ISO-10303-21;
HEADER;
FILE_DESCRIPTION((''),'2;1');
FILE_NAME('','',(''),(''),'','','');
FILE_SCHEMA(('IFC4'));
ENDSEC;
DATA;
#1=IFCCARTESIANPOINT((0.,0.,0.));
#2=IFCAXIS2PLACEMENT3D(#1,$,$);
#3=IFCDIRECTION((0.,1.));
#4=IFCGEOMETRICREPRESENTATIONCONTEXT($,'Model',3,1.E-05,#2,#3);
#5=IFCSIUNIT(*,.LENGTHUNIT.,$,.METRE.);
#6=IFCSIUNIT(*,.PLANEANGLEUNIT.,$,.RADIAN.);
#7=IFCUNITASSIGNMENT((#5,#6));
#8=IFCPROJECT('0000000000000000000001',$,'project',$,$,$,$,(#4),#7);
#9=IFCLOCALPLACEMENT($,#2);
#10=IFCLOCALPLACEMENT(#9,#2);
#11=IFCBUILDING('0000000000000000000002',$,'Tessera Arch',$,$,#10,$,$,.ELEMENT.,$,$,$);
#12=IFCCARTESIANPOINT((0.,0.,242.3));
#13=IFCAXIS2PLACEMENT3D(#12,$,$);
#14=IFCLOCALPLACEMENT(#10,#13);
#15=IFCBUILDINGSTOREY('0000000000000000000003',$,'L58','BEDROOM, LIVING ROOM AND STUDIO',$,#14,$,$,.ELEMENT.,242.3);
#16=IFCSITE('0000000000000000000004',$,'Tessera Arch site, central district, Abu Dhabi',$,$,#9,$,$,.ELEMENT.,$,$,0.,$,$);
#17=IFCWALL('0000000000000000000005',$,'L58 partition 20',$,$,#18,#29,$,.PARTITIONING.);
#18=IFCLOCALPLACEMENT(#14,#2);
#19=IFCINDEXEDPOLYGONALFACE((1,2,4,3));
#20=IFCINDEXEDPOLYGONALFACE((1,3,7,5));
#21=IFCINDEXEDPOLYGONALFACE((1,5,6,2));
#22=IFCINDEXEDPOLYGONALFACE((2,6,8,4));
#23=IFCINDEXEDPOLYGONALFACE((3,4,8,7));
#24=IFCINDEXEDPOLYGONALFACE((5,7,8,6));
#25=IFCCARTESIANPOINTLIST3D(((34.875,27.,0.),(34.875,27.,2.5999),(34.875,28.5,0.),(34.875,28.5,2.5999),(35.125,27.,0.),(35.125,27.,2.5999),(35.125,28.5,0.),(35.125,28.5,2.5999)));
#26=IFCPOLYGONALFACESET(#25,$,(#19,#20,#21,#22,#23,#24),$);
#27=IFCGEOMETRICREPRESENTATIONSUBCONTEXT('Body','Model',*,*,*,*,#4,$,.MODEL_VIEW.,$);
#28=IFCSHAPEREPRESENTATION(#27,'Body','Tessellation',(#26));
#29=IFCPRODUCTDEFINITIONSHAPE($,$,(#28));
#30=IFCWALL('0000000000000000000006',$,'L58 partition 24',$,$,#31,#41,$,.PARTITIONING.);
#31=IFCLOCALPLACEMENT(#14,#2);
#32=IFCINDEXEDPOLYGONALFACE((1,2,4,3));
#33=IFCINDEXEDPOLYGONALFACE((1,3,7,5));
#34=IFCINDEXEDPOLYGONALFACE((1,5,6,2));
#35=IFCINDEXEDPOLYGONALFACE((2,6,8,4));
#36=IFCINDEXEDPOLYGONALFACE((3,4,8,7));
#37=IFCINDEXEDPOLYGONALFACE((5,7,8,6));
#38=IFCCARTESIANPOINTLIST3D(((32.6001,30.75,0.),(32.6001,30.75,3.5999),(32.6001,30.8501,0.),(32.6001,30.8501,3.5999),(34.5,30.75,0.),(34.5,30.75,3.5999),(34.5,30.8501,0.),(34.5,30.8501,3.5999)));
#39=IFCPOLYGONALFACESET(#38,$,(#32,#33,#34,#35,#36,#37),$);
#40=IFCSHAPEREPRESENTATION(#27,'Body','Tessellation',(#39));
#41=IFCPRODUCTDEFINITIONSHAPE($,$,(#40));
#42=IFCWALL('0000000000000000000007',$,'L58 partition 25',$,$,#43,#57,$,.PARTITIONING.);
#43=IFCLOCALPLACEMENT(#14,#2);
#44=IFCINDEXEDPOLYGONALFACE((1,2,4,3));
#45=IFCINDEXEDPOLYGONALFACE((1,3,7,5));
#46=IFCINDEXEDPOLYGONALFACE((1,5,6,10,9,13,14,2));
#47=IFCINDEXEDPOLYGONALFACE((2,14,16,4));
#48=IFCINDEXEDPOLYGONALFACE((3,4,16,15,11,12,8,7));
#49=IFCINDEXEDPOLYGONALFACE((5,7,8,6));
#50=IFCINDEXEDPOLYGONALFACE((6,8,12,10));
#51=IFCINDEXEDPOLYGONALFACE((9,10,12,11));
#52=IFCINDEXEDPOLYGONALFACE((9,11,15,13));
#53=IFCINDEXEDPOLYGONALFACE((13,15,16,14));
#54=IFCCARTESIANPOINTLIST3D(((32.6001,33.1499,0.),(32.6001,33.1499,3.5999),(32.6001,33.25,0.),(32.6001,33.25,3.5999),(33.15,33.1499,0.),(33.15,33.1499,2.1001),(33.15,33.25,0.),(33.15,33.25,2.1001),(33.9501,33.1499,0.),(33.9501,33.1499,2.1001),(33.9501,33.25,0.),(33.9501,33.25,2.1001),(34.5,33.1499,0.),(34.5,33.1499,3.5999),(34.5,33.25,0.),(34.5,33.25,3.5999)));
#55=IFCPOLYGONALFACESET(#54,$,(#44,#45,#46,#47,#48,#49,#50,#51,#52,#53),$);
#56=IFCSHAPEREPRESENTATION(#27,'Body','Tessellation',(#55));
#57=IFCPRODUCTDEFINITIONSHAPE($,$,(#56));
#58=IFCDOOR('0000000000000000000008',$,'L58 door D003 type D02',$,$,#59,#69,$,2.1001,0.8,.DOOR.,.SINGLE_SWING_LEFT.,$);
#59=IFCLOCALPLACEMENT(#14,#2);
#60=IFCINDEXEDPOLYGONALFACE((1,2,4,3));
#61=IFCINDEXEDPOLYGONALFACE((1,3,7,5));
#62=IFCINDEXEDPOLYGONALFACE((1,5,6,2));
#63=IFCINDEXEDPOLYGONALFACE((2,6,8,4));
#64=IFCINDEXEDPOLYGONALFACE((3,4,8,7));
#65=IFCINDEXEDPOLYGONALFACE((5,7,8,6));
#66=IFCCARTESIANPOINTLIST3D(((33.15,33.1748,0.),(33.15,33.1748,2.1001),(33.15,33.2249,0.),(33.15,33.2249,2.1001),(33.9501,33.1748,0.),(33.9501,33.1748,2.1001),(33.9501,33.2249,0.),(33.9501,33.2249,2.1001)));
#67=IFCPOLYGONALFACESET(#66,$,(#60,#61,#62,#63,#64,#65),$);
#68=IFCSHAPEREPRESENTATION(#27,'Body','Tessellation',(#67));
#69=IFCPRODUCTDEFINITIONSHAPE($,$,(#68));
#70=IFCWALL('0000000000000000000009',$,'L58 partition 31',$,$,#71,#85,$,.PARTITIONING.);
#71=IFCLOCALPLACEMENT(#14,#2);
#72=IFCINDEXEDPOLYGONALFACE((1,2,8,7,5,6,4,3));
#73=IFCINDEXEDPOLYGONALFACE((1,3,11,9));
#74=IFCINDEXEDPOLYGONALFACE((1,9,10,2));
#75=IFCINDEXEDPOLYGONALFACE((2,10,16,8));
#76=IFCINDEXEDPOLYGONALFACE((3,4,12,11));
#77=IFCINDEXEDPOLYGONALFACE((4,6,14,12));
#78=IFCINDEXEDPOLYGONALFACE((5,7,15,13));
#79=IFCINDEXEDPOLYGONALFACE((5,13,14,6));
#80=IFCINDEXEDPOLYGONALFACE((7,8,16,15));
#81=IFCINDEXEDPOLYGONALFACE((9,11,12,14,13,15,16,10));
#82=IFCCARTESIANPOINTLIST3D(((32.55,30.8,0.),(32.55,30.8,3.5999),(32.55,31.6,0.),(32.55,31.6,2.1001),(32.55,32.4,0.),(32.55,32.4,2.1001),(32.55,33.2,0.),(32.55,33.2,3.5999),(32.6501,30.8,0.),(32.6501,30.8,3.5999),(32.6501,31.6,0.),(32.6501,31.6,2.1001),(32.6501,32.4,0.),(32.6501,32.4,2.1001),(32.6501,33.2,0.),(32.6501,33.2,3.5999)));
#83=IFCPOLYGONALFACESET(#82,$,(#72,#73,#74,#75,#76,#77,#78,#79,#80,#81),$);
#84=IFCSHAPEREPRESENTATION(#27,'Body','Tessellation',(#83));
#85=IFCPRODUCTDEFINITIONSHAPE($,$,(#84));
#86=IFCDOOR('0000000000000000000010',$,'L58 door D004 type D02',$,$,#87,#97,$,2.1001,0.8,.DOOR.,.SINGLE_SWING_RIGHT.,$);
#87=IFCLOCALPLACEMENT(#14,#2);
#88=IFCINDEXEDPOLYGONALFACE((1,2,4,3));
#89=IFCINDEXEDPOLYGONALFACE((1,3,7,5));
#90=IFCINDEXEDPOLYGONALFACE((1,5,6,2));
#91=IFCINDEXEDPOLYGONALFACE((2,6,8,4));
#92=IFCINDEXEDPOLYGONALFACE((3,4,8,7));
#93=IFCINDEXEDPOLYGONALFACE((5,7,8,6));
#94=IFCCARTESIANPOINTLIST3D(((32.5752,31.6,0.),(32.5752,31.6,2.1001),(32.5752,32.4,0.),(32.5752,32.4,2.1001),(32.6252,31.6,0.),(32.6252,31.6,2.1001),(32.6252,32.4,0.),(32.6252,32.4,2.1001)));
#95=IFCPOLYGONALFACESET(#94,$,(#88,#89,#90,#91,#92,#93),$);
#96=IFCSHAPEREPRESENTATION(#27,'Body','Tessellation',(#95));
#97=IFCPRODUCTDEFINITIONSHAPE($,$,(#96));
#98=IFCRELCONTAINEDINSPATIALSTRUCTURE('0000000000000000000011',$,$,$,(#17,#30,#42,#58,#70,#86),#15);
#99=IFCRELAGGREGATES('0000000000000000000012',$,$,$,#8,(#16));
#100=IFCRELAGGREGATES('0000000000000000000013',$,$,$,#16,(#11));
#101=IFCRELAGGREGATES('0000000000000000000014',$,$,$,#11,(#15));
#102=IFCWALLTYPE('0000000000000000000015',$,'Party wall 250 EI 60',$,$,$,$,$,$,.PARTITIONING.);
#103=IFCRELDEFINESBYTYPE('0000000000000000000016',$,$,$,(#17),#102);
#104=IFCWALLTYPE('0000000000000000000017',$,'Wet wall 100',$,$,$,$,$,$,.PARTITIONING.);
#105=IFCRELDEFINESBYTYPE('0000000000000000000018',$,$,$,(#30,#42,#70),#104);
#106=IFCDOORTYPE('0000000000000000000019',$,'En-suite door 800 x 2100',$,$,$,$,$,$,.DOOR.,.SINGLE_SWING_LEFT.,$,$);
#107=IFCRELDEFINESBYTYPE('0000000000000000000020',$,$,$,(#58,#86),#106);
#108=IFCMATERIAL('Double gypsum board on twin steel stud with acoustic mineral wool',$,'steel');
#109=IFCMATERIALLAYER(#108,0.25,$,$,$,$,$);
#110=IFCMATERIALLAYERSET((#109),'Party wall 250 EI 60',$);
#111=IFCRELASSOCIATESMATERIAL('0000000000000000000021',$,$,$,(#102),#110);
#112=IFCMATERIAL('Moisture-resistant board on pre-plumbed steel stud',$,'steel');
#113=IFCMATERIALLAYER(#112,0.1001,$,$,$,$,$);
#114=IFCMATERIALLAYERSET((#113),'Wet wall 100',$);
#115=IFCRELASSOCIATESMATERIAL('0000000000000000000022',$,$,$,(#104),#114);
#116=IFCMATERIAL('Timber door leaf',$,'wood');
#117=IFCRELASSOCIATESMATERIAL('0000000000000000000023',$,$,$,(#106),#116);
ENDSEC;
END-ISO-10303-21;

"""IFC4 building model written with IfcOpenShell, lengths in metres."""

from ifc_helpers import new_model, si_unit, direction, frame, frame_2d, origin, place, context, subcontext, project, spatial, rectangle, extrude, material, layer, layer_set, type_object, element, fill, save


model = new_model("IFC4")

# Units and contexts
model_context = context("Model", 3, precision=1e-05, world=origin(), true_north=direction((0.0, 1.0)))
body_context = subcontext(model_context, "Body", "Model", "MODEL_VIEW")
ifc_project = project(units=[si_unit("LENGTHUNIT", "METRE"), si_unit("PLANEANGLEUNIT", "RADIAN")], contexts=[model_context])

# Site, building, storey
site_placement = place(None, origin())
site = spatial("IfcSite", under=ifc_project, at=site_placement, Name="Tessera Arch site, central district, Abu Dhabi", CompositionType="ELEMENT", RefElevation=0.0)
building_placement = place(site_placement, origin())
building = spatial("IfcBuilding", under=site, at=building_placement, Name="Tessera Arch", CompositionType="ELEMENT")
storey_placement = place(building_placement, frame((0.0, 0.0, 242.3)))
storey = spatial("IfcBuildingStorey", under=building, at=storey_placement, Name="L58", Description="BEDROOM, LIVING ROOM AND STUDIO", CompositionType="ELEMENT", Elevation=242.3)

# Walls
ifc_material_1 = material(Name="Double gypsum board on twin steel stud with acoustic mineral wool", Category="steel")
ifc_layer_1 = layer(ifc_material_1, 0.25)
ifc_layer_set_1 = layer_set([ifc_layer_1], Name="Party wall 250 EI 60")
wall_type_1 = type_object("IfcWallType", Name="Party wall 250 EI 60", PredefinedType="PARTITIONING", material=ifc_layer_set_1)
wall_1_placement = place(storey_placement, frame((35.0, 27.0, 0.0), z_axis=(0.0, 0.0, 1.0), x_axis=(0.0, 1.0, 0.0)))
element("IfcWall", 1, at=wall_1_placement, inside=storey, type_object=wall_type_1, Name="L58 partition 20", PredefinedType="PARTITIONING", context=body_context, shape_type="SweptSolid", body=[
    extrude(rectangle(XDim=1.5, YDim=0.25, at=frame_2d((0.75, 0.0))), origin(), (0.0, 0.0, 1.0), 2.5999),
])
ifc_material_2 = material(Name="Moisture-resistant board on pre-plumbed steel stud", Category="steel")
ifc_layer_2 = layer(ifc_material_2, 0.1001)
ifc_layer_set_2 = layer_set([ifc_layer_2], Name="Wet wall 100")
wall_type_2 = type_object("IfcWallType", Name="Wet wall 100", PredefinedType="PARTITIONING", material=ifc_layer_set_2)
wall_2_placement = place(storey_placement, frame((32.6001, 30.8, 0.0), z_axis=(0.0, 0.0, 1.0), x_axis=(1.0, 0.0, 0.0)))
element("IfcWall", 2, at=wall_2_placement, inside=storey, type_object=wall_type_2, Name="L58 partition 24", PredefinedType="PARTITIONING", context=body_context, shape_type="SweptSolid", body=[
    extrude(rectangle(XDim=1.8999, YDim=0.1001, at=frame_2d((0.95, 0.0))), origin(), (0.0, 0.0, 1.0), 3.5999),
])

# Walls, openings, doors
wall_3_placement = place(storey_placement, frame((32.6001, 33.2, 0.0), z_axis=(0.0, 0.0, 1.0), x_axis=(1.0, 0.0, 0.0)))
wall_3 = element("IfcWall", 3, at=wall_3_placement, inside=storey, type_object=wall_type_2, Name="L58 partition 25", PredefinedType="PARTITIONING", context=body_context, shape_type="SweptSolid", body=[
    extrude(rectangle(XDim=1.8999, YDim=0.1001, at=frame_2d((0.95, 0.0))), origin(), (0.0, 0.0, 1.0), 3.5999),
])
opening_1_placement = place(wall_3_placement, frame((0.55, 0.0, 0.0)))
opening_1 = element("IfcOpeningElement", 4, at=opening_1_placement, cuts=wall_3, PredefinedType="OPENING", context=body_context, shape_type="SweptSolid", body=[
    extrude(rectangle(XDim=0.8, YDim=2.1001, at=frame_2d((0.3999, 1.05))), frame((0.0, 0.0601, 0.0), z_axis=(0.0, -1.0, 0.0), x_axis=(1.0, 0.0, 0.0)), (0.0, 0.0, 1.0), 0.1201),
])
ifc_material_3 = material(Name="Timber door leaf", Category="wood")
door_type_1 = type_object("IfcDoorType", Name="En-suite door 800 x 2100", OperationType="SINGLE_SWING_LEFT", PredefinedType="DOOR", material=ifc_material_3)
door_1_placement = place(opening_1_placement, origin())
door_1 = element("IfcDoor", 5, at=door_1_placement, inside=storey, type_object=door_type_1, Name="L58 door D003 type D02", OperationType="SINGLE_SWING_LEFT", OverallHeight=2.1001, OverallWidth=0.8, PredefinedType="DOOR", context=body_context, shape_type="SweptSolid", body=[
    extrude(rectangle(XDim=0.8, YDim=2.1001, at=frame_2d((0.3999, 1.05))), frame((0.0, 0.0249, 0.0), z_axis=(0.0, -1.0, 0.0), x_axis=(1.0, 0.0, 0.0)), (0.0, 0.0, 1.0), 0.05),
])
fill(opening_1, door_1)
wall_4_placement = place(storey_placement, frame((32.6001, 30.8, 0.0), z_axis=(0.0, 0.0, 1.0), x_axis=(0.0, 1.0, 0.0)))
wall_4 = element("IfcWall", 6, at=wall_4_placement, inside=storey, type_object=wall_type_2, Name="L58 partition 31", PredefinedType="PARTITIONING", context=body_context, shape_type="SweptSolid", body=[
    extrude(rectangle(XDim=2.3999, YDim=0.1001, at=frame_2d((1.2, 0.0))), origin(), (0.0, 0.0, 1.0), 3.5999),
])
opening_2_placement = place(wall_4_placement, frame((0.8, 0.0, 0.0)))
opening_2 = element("IfcOpeningElement", 7, at=opening_2_placement, cuts=wall_4, PredefinedType="OPENING", context=body_context, shape_type="SweptSolid", body=[
    extrude(rectangle(XDim=0.8, YDim=2.1001, at=frame_2d((0.3999, 1.05))), frame((0.0, 0.0601, 0.0), z_axis=(0.0, -1.0, 0.0), x_axis=(1.0, 0.0, 0.0)), (0.0, 0.0, 1.0), 0.1201),
])
door_2_placement = place(opening_2_placement, origin())
door_2 = element("IfcDoor", 8, at=door_2_placement, inside=storey, type_object=door_type_1, Name="L58 door D004 type D02", OperationType="SINGLE_SWING_RIGHT", OverallHeight=2.1001, OverallWidth=0.8, PredefinedType="DOOR", context=body_context, shape_type="SweptSolid", body=[
    extrude(rectangle(XDim=0.8, YDim=2.1001, at=frame_2d((0.3999, 1.05))), frame((0.0, 0.0249, 0.0), z_axis=(0.0, -1.0, 0.0), x_axis=(1.0, 0.0, 0.0)), (0.0, 0.0, 1.0), 0.05),
])
fill(opening_2, door_2)

save(model, "model.ifc")
